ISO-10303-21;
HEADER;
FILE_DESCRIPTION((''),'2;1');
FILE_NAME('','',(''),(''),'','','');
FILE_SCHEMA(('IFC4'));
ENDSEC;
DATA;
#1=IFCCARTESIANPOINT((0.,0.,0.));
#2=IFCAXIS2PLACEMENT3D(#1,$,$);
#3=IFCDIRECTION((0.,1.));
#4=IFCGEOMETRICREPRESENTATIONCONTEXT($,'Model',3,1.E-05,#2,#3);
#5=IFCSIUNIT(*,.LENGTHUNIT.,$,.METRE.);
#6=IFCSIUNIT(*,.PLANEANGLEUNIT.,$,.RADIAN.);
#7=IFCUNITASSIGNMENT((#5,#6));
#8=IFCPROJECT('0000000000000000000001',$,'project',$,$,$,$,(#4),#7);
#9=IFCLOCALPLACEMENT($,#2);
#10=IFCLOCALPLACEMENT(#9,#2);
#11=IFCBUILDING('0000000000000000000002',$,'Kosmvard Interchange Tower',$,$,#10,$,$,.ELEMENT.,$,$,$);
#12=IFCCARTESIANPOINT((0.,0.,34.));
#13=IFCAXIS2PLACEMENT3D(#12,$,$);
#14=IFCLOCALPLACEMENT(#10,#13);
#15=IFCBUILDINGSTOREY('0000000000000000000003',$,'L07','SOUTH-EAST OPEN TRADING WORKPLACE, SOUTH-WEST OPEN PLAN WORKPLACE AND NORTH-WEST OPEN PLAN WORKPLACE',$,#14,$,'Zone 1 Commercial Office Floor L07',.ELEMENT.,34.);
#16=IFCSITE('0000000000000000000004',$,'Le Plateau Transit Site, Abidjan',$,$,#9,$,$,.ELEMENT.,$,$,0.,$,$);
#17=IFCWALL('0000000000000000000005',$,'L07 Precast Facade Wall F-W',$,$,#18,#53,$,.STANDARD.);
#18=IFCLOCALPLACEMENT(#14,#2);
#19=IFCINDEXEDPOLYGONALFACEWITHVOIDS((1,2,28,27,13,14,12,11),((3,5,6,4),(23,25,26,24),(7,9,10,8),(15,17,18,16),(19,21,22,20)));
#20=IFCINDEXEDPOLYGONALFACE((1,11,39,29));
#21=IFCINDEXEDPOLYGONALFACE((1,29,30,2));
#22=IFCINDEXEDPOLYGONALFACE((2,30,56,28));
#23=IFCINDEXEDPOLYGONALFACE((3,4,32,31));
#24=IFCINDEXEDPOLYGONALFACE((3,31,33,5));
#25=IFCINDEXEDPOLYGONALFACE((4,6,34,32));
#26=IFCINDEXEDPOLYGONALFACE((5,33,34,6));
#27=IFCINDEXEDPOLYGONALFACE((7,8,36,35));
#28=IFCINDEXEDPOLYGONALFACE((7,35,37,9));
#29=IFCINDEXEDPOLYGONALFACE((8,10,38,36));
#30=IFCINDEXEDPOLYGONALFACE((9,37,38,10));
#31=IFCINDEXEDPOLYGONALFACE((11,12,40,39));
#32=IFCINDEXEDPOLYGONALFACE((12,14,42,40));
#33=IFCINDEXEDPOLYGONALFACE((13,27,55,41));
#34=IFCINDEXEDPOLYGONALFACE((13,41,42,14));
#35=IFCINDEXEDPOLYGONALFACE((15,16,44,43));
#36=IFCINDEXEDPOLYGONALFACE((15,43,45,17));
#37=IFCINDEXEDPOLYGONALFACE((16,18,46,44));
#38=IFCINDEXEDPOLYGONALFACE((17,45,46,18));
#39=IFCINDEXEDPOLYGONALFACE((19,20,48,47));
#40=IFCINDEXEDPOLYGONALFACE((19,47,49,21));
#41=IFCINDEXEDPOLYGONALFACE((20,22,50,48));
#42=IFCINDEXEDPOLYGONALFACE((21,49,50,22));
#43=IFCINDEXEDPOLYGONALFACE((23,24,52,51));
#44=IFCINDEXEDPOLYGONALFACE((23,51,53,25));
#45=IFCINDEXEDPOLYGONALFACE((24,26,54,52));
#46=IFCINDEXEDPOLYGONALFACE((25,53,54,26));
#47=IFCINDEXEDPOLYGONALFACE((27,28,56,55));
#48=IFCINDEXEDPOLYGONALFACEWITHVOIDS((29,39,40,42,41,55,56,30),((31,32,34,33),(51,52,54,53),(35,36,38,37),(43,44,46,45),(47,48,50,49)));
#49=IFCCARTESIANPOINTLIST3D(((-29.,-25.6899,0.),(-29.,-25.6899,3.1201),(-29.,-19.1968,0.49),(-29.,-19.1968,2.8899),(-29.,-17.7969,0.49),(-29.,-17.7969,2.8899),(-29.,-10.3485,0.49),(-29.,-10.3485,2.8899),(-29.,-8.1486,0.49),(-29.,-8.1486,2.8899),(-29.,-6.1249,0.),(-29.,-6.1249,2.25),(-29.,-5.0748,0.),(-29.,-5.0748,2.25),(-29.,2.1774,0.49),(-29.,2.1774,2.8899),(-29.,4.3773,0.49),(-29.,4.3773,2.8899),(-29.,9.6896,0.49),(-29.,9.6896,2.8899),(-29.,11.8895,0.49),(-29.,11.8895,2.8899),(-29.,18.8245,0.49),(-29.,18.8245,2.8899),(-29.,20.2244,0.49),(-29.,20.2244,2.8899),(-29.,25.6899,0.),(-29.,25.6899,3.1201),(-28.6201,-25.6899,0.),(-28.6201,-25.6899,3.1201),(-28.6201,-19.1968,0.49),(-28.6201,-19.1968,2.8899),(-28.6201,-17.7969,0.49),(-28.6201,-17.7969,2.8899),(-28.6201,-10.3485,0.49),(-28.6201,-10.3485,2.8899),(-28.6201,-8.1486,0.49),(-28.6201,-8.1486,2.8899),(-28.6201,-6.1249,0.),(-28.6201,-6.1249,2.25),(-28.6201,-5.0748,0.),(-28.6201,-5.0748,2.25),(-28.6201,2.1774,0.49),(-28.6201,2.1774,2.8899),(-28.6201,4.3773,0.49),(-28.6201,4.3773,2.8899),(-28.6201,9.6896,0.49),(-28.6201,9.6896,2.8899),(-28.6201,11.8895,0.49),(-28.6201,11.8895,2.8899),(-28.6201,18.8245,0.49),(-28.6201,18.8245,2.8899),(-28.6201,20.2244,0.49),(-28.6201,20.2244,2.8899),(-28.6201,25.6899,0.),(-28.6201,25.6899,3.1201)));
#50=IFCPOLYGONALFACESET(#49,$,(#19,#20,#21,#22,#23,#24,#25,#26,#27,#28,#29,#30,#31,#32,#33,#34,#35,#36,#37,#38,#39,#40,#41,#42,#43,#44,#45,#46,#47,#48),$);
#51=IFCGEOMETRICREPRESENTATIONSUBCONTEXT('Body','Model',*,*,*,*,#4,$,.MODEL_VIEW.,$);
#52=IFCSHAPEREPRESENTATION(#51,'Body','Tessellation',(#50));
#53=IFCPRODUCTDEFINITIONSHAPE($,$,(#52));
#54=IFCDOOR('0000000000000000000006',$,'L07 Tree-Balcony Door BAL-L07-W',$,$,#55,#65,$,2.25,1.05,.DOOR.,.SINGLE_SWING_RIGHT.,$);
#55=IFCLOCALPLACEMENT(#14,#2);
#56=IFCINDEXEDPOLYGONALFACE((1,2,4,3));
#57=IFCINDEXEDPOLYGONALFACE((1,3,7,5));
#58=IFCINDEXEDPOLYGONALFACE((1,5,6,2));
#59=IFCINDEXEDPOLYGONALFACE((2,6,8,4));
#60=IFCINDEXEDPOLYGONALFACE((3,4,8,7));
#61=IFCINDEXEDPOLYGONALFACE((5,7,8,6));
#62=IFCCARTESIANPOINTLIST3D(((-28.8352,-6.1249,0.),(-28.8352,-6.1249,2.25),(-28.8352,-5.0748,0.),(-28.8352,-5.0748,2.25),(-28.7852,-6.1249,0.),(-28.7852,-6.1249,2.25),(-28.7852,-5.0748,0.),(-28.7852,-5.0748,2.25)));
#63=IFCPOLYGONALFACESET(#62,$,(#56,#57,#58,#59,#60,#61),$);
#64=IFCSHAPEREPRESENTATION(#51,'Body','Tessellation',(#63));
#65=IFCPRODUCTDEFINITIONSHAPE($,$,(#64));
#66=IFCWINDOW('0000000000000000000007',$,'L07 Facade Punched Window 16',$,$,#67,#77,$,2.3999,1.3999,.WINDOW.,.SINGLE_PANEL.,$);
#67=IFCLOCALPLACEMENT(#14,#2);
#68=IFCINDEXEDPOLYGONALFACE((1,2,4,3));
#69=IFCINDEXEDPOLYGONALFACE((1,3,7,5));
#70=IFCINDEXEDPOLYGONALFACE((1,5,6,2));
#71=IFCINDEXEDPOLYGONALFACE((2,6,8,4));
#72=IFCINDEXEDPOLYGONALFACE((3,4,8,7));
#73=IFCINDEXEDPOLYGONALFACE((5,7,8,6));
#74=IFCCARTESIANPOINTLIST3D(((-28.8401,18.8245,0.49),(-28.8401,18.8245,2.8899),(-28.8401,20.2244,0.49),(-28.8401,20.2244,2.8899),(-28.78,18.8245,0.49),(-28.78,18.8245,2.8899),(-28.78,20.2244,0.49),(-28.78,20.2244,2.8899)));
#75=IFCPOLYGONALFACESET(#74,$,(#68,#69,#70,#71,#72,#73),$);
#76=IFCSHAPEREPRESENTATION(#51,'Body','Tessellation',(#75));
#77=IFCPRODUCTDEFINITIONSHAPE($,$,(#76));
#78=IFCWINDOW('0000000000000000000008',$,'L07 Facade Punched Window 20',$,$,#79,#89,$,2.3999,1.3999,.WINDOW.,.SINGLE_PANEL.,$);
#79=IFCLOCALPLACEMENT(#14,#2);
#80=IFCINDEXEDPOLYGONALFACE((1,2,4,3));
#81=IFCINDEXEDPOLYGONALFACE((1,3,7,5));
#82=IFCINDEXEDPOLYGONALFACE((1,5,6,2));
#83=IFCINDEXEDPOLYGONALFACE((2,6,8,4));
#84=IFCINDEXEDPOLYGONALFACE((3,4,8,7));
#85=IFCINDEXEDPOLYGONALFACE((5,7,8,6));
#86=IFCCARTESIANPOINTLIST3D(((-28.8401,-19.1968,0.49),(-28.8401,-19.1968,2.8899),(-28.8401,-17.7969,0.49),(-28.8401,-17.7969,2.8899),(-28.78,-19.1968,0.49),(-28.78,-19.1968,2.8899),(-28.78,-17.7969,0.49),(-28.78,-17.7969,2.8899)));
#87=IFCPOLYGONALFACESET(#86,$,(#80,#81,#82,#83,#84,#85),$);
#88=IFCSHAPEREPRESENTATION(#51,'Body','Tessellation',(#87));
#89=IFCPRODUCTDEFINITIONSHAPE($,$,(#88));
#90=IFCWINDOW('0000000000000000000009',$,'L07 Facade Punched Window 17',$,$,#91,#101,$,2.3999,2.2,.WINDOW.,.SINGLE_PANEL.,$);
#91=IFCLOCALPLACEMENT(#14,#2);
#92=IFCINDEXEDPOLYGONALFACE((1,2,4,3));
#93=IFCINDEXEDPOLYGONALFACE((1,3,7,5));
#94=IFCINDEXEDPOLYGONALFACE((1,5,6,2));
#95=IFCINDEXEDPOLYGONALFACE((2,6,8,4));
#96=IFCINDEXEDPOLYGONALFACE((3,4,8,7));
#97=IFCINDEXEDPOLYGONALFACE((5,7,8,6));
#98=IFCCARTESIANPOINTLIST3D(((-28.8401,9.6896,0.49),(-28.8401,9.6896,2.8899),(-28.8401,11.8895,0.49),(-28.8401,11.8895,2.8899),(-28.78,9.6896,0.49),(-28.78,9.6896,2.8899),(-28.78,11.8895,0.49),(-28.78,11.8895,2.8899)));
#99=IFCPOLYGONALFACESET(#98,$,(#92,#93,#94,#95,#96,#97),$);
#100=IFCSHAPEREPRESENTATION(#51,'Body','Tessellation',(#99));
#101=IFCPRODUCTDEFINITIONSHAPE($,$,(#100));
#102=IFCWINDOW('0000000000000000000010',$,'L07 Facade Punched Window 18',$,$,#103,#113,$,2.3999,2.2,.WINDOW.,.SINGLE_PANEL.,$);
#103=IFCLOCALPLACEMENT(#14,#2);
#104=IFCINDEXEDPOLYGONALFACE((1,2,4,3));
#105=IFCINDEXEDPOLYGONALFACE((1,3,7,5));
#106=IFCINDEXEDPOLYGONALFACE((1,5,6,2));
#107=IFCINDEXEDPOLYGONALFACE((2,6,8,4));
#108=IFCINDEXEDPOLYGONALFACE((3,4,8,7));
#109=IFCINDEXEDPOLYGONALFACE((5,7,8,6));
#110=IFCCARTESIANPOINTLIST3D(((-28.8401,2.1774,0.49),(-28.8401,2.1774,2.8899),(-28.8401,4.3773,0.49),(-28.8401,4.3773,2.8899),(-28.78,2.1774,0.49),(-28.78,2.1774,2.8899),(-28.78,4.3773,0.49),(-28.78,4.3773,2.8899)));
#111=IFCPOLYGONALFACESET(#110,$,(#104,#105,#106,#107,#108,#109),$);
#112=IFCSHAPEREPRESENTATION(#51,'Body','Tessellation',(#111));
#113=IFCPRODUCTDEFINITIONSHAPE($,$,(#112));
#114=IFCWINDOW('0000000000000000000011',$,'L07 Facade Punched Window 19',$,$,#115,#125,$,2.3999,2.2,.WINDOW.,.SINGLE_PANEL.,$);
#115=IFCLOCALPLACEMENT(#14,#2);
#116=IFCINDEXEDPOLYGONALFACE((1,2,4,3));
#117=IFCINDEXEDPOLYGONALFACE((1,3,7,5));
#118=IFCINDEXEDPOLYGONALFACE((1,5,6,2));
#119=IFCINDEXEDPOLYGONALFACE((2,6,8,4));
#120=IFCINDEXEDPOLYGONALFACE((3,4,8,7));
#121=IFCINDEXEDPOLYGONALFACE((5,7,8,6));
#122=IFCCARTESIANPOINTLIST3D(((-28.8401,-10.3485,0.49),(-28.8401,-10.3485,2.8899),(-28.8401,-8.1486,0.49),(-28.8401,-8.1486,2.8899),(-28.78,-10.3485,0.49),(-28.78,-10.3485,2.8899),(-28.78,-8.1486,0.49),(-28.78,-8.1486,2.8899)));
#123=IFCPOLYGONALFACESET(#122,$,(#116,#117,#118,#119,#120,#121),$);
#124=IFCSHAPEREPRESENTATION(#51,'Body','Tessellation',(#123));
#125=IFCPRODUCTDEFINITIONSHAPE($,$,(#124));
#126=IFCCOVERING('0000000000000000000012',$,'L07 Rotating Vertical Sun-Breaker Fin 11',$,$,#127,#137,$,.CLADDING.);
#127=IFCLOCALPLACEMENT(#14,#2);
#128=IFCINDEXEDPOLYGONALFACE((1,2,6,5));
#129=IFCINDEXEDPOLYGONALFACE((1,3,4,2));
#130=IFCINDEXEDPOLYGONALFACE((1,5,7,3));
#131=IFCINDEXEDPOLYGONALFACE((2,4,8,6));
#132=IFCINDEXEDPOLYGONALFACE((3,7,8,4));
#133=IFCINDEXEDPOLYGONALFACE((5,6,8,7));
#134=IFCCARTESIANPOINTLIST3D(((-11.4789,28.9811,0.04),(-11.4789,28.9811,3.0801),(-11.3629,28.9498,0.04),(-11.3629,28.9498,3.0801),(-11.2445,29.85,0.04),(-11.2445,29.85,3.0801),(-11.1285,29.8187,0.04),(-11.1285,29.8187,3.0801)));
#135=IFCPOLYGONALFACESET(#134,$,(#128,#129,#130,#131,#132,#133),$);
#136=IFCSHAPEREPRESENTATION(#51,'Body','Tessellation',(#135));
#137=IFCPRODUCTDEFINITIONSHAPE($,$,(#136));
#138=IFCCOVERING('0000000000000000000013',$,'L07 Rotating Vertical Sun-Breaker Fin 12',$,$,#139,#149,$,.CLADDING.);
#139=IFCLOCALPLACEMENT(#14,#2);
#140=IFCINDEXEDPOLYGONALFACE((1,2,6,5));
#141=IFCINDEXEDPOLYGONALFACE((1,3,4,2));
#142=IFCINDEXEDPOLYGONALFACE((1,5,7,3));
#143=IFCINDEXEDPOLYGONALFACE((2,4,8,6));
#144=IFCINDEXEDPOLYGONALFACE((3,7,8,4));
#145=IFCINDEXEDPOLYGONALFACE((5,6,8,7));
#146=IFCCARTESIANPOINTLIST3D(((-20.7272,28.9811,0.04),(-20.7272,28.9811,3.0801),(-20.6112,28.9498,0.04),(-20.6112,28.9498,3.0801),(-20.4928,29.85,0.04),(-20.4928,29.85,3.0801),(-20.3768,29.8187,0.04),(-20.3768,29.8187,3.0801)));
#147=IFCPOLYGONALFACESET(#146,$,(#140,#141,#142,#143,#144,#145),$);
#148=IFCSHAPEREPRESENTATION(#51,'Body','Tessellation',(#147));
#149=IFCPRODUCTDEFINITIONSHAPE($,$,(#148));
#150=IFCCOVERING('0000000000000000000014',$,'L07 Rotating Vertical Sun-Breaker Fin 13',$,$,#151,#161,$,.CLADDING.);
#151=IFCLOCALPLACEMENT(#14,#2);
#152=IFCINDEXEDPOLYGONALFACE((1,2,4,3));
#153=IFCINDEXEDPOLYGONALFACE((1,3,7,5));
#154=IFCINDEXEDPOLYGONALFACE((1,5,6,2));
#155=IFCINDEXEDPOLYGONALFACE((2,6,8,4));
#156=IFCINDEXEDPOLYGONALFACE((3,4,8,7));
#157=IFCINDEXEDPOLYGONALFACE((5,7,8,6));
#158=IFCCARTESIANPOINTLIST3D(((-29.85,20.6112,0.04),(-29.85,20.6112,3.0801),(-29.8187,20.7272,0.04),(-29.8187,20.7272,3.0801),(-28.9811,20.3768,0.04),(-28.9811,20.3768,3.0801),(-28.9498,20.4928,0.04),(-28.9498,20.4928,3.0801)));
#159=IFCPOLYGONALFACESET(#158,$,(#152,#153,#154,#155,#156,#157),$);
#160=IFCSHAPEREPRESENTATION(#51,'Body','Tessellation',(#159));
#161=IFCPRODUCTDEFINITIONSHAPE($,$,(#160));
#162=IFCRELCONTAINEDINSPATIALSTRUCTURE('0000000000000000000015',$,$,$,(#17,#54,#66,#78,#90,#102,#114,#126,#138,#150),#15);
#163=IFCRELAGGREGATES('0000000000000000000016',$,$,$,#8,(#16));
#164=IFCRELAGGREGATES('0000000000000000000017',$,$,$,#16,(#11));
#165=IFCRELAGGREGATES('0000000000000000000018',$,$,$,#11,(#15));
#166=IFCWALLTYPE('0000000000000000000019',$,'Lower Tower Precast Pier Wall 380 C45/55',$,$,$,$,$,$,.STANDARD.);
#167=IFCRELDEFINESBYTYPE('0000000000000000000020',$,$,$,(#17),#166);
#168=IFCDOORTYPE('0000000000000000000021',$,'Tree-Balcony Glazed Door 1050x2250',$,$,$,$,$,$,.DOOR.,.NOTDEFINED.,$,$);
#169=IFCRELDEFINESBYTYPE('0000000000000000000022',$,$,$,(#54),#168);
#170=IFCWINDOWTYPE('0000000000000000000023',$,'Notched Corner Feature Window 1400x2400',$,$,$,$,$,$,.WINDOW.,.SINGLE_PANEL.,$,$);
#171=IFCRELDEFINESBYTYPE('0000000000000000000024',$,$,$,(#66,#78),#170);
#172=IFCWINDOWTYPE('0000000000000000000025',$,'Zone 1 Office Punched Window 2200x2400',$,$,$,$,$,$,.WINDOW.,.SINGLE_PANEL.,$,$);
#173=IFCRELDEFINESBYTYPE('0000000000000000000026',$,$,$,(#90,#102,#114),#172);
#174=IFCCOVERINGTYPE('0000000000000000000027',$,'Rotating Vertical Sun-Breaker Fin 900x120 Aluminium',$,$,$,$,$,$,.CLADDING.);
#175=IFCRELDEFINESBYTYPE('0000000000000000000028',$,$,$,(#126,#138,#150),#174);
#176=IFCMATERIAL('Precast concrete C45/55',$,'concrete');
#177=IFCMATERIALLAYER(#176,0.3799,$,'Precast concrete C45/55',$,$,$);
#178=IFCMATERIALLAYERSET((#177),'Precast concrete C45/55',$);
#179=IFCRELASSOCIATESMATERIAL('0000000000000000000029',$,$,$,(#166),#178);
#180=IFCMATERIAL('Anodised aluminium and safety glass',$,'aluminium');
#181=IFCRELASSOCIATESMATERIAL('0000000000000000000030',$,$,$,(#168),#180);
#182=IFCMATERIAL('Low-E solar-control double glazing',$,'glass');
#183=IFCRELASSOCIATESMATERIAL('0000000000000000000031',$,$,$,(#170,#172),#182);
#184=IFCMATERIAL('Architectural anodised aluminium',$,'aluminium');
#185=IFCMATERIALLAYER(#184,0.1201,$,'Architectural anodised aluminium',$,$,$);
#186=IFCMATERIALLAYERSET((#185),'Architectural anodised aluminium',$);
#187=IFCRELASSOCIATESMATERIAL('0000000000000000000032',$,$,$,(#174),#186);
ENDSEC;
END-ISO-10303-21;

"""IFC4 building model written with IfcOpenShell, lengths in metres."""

from ifc_helpers import new_model, si_unit, direction, frame, frame_2d, origin, origin_2d, place, context, subcontext, project, spatial, rectangle, extrude, source, transform, mapped, material, layer, layer_set, type_object, element, fill, save


model = new_model("IFC4")

# Units and contexts
model_context = context("Model", 3, precision=1e-05, world=origin(), true_north=direction((0.0, 1.0)))
body_context = subcontext(model_context, "Body", "Model", "MODEL_VIEW")
ifc_project = project(units=[si_unit("LENGTHUNIT", "METRE"), si_unit("PLANEANGLEUNIT", "RADIAN")], contexts=[model_context])

# Site, building, storey
site_placement = place(None, origin())
site = spatial("IfcSite", under=ifc_project, at=site_placement, Name="Le Plateau Transit Site, Abidjan", CompositionType="ELEMENT", RefElevation=0.0)
building_placement = place(site_placement, origin())
building = spatial("IfcBuilding", under=site, at=building_placement, Name="Kosmvard Interchange Tower", CompositionType="ELEMENT")
storey_placement = place(building_placement, frame((0.0, 0.0, 34.0)))
storey = spatial("IfcBuildingStorey", under=building, at=storey_placement, Name="L07", Description="SOUTH-EAST OPEN TRADING WORKPLACE, SOUTH-WEST OPEN PLAN WORKPLACE AND NORTH-WEST OPEN PLAN WORKPLACE", LongName="Zone 1 Commercial Office Floor L07", CompositionType="ELEMENT", Elevation=34.0)

# Shared definitions
ifc_material_1 = material(Name="Precast concrete C45/55", Category="concrete")

# Shared definitions
ifc_layer_1 = layer(ifc_material_1, 0.3799, Name="Precast concrete C45/55")
ifc_layer_set_1 = layer_set([ifc_layer_1], Name="Precast concrete C45/55")
wall_type_1 = type_object("IfcWallType", Name="Lower Tower Precast Pier Wall 380 C45/55", PredefinedType="STANDARD", material=ifc_layer_set_1)

# Wall, openings, door, windows
wall_1_placement = place(storey_placement, frame((-28.8101, 25.6899, 0.0), z_axis=(0.0, 0.0, 1.0), x_axis=(0.0, -1.0, 0.0)))
wall_1 = element("IfcWall", 1, at=wall_1_placement, inside=storey, type_object=wall_type_1, Name="L07 Precast Facade Wall F-W", PredefinedType="STANDARD", context=body_context, shape_type="SweptSolid", body=[
    extrude(rectangle(XDim=51.3799, YDim=0.3799, at=frame_2d((25.6899, 0.0))), origin(), (0.0, 0.0, 1.0), 3.1201),
])
opening_1_placement = place(wall_1_placement, frame((30.7649, 0.0, 0.0)))
opening_1 = element("IfcOpeningElement", 2, at=opening_1_placement, cuts=wall_1, PredefinedType="OPENING", context=body_context, shape_type="SweptSolid", body=[
    extrude(rectangle(XDim=1.05, YDim=2.25, at=frame_2d((0.5249, 1.125))), frame((0.0, 0.2, 0.0), z_axis=(0.0, -1.0, 0.0), x_axis=(1.0, 0.0, 0.0)), (0.0, 0.0, 1.0), 0.3999),
])
opening_2_placement = place(wall_1_placement, frame((5.4656, 0.0, 0.49)))
opening_2 = element("IfcOpeningElement", 3, at=opening_2_placement, cuts=wall_1, PredefinedType="OPENING", context=body_context, shape_type="SweptSolid", body=[
    extrude(rectangle(XDim=1.3999, YDim=2.3999, at=frame_2d((0.7, 1.2))), frame((0.0, 0.2, 0.0), z_axis=(0.0, -1.0, 0.0), x_axis=(1.0, 0.0, 0.0)), (0.0, 0.0, 1.0), 0.3999),
])
opening_3_placement = place(wall_1_placement, frame((13.8003, 0.0, 0.49)))
opening_3 = element("IfcOpeningElement", 4, at=opening_3_placement, cuts=wall_1, PredefinedType="OPENING", context=body_context, shape_type="SweptSolid", body=[
    extrude(rectangle(XDim=2.2, YDim=2.3999, at=frame_2d((1.1001, 1.2))), frame((0.0, 0.2, 0.0), z_axis=(0.0, -1.0, 0.0), x_axis=(1.0, 0.0, 0.0)), (0.0, 0.0, 1.0), 0.3999),
])
opening_4_placement = place(wall_1_placement, frame((21.3125, 0.0, 0.49)))
opening_4 = element("IfcOpeningElement", 5, at=opening_4_placement, cuts=wall_1, PredefinedType="OPENING", context=body_context, shape_type="SweptSolid", body=[
    extrude(rectangle(XDim=2.2, YDim=2.3999, at=frame_2d((1.1001, 1.2))), frame((0.0, 0.2, 0.0), z_axis=(0.0, -1.0, 0.0), x_axis=(1.0, 0.0, 0.0)), (0.0, 0.0, 1.0), 0.3999),
])
opening_5_placement = place(wall_1_placement, frame((33.8384, 0.0, 0.49)))
opening_5 = element("IfcOpeningElement", 6, at=opening_5_placement, cuts=wall_1, PredefinedType="OPENING", context=body_context, shape_type="SweptSolid", body=[
    extrude(rectangle(XDim=2.2, YDim=2.3999, at=frame_2d((1.1001, 1.2))), frame((0.0, 0.2, 0.0), z_axis=(0.0, -1.0, 0.0), x_axis=(1.0, 0.0, 0.0)), (0.0, 0.0, 1.0), 0.3999),
])
opening_6_placement = place(wall_1_placement, frame((43.4868, 0.0, 0.49)))
opening_6 = element("IfcOpeningElement", 7, at=opening_6_placement, cuts=wall_1, PredefinedType="OPENING", context=body_context, shape_type="SweptSolid", body=[
    extrude(rectangle(XDim=1.3999, YDim=2.3999, at=frame_2d((0.7, 1.2))), frame((0.0, 0.2, 0.0), z_axis=(0.0, -1.0, 0.0), x_axis=(1.0, 0.0, 0.0)), (0.0, 0.0, 1.0), 0.3999),
])
ifc_material_2 = material(Name="Anodised aluminium and safety glass", Category="aluminium")
door_type_1 = type_object("IfcDoorType", Name="Tree-Balcony Glazed Door 1050x2250", OperationType="NOTDEFINED", PredefinedType="DOOR", material=ifc_material_2)
shared_shape_1 = source(origin(), body_context, "Body", "SweptSolid", [
    extrude(rectangle(XDim=1.05, YDim=2.25, at=frame_2d((0.5249, 1.125))), frame((0.0, 0.0249, 0.0), z_axis=(0.0, -1.0, 0.0), x_axis=(1.0, 0.0, 0.0)), (0.0, 0.0, 1.0), 0.05),
])
door_1_placement = place(opening_1_placement, origin())
door_1 = element("IfcDoor", 8, at=door_1_placement, inside=storey, type_object=door_type_1, Name="L07 Tree-Balcony Door BAL-L07-W", OperationType="SINGLE_SWING_RIGHT", OverallHeight=2.25, OverallWidth=1.05, PredefinedType="DOOR", context=body_context, shape_type="MappedRepresentation", body=[
    mapped(shared_shape_1, transform((0.0, 0.0, 0.0), scale=1.0)),
])
fill(opening_1, door_1)
ifc_material_3 = material(Name="Low-E solar-control double glazing", Category="glass")
window_type_1 = type_object("IfcWindowType", Name="Notched Corner Feature Window 1400x2400", PartitioningType="SINGLE_PANEL", PredefinedType="WINDOW", material=ifc_material_3)
shared_shape_2 = source(origin(), body_context, "Body", "SweptSolid", [
    extrude(rectangle(XDim=1.3999, YDim=2.3999, at=frame_2d((0.7, 1.2))), frame((0.0, 0.03, 0.0), z_axis=(0.0, -1.0, 0.0), x_axis=(1.0, 0.0, 0.0)), (0.0, 0.0, 1.0), 0.0601),
])
window_1_placement = place(opening_2_placement, origin())
window_1 = element("IfcWindow", 9, at=window_1_placement, inside=storey, type_object=window_type_1, Name="L07 Facade Punched Window 16", OverallHeight=2.3999, OverallWidth=1.3999, PartitioningType="SINGLE_PANEL", PredefinedType="WINDOW", context=body_context, shape_type="MappedRepresentation", body=[
    mapped(shared_shape_2, transform((0.0, 0.0, 0.0), scale=1.0)),
])
fill(opening_2, window_1)
window_2_placement = place(opening_6_placement, origin())
window_2 = element("IfcWindow", 10, at=window_2_placement, inside=storey, type_object=window_type_1, Name="L07 Facade Punched Window 20", OverallHeight=2.3999, OverallWidth=1.3999, PartitioningType="SINGLE_PANEL", PredefinedType="WINDOW", context=body_context, shape_type="MappedRepresentation", body=[
    mapped(shared_shape_2, transform((0.0, 0.0, 0.0), scale=1.0)),
])
fill(opening_6, window_2)
window_type_2 = type_object("IfcWindowType", Name="Zone 1 Office Punched Window 2200x2400", PartitioningType="SINGLE_PANEL", PredefinedType="WINDOW", material=ifc_material_3)
shared_shape_3 = source(origin(), body_context, "Body", "SweptSolid", [
    extrude(rectangle(XDim=2.2, YDim=2.3999, at=frame_2d((1.1001, 1.2))), frame((0.0, 0.03, 0.0), z_axis=(0.0, -1.0, 0.0), x_axis=(1.0, 0.0, 0.0)), (0.0, 0.0, 1.0), 0.0601),
])
window_3_placement = place(opening_3_placement, origin())
window_3 = element("IfcWindow", 11, at=window_3_placement, inside=storey, type_object=window_type_2, Name="L07 Facade Punched Window 17", OverallHeight=2.3999, OverallWidth=2.2, PartitioningType="SINGLE_PANEL", PredefinedType="WINDOW", context=body_context, shape_type="MappedRepresentation", body=[
    mapped(shared_shape_3, transform((0.0, 0.0, 0.0), scale=1.0)),
])
fill(opening_3, window_3)
window_4_placement = place(opening_4_placement, origin())
window_4 = element("IfcWindow", 12, at=window_4_placement, inside=storey, type_object=window_type_2, Name="L07 Facade Punched Window 18", OverallHeight=2.3999, OverallWidth=2.2, PartitioningType="SINGLE_PANEL", PredefinedType="WINDOW", context=body_context, shape_type="MappedRepresentation", body=[
    mapped(shared_shape_3, transform((0.0, 0.0, 0.0), scale=1.0)),
])
fill(opening_4, window_4)
window_5_placement = place(opening_5_placement, origin())
window_5 = element("IfcWindow", 13, at=window_5_placement, inside=storey, type_object=window_type_2, Name="L07 Facade Punched Window 19", OverallHeight=2.3999, OverallWidth=2.2, PartitioningType="SINGLE_PANEL", PredefinedType="WINDOW", context=body_context, shape_type="MappedRepresentation", body=[
    mapped(shared_shape_3, transform((0.0, 0.0, 0.0), scale=1.0)),
])
fill(opening_5, window_5)

# Coverings
ifc_material_4 = material(Name="Architectural anodised aluminium", Category="aluminium")
ifc_layer_2 = layer(ifc_material_4, 0.1201, Name="Architectural anodised aluminium")
ifc_layer_set_2 = layer_set([ifc_layer_2], Name="Architectural anodised aluminium")
covering_type = type_object("IfcCoveringType", Name="Rotating Vertical Sun-Breaker Fin 900x120 Aluminium", PredefinedType="CLADDING", material=ifc_layer_set_2)
shared_shape_4 = source(origin(), body_context, "Body", "SweptSolid", [
    extrude(rectangle(XDim=0.8999, YDim=0.1201, at=origin_2d()), origin(), (0.0, 0.0, 1.0), 3.04),
])
for number, where, z_axis, x_axis, name in (
    (14, (-11.3037, 29.3999, 0.04), (0.0, 0.0, 1.0), (0.260505, 0.965473, 0.0), "L07 Rotating Vertical Sun-Breaker Fin 11"),
    (15, (-20.552, 29.3999, 0.04), (0.0, 0.0, 1.0), (0.260505, 0.965473, 0.0), "L07 Rotating Vertical Sun-Breaker Fin 12"),
    (16, (-29.3999, 20.552, 0.04), (0.0, 0.0, 1.0), (-0.965473, 0.260505, 0.0), "L07 Rotating Vertical Sun-Breaker Fin 13"),
):
    element("IfcCovering", number, at=place(storey_placement, frame(where, z_axis=z_axis, x_axis=x_axis)), inside=storey, type_object=covering_type, Name=name, PredefinedType="CLADDING", context=body_context, shape_type="MappedRepresentation", body=[
        mapped(shared_shape_4, transform((0.0, 0.0, 0.0), scale=1.0)),
    ])

save(model, "model.ifc")
